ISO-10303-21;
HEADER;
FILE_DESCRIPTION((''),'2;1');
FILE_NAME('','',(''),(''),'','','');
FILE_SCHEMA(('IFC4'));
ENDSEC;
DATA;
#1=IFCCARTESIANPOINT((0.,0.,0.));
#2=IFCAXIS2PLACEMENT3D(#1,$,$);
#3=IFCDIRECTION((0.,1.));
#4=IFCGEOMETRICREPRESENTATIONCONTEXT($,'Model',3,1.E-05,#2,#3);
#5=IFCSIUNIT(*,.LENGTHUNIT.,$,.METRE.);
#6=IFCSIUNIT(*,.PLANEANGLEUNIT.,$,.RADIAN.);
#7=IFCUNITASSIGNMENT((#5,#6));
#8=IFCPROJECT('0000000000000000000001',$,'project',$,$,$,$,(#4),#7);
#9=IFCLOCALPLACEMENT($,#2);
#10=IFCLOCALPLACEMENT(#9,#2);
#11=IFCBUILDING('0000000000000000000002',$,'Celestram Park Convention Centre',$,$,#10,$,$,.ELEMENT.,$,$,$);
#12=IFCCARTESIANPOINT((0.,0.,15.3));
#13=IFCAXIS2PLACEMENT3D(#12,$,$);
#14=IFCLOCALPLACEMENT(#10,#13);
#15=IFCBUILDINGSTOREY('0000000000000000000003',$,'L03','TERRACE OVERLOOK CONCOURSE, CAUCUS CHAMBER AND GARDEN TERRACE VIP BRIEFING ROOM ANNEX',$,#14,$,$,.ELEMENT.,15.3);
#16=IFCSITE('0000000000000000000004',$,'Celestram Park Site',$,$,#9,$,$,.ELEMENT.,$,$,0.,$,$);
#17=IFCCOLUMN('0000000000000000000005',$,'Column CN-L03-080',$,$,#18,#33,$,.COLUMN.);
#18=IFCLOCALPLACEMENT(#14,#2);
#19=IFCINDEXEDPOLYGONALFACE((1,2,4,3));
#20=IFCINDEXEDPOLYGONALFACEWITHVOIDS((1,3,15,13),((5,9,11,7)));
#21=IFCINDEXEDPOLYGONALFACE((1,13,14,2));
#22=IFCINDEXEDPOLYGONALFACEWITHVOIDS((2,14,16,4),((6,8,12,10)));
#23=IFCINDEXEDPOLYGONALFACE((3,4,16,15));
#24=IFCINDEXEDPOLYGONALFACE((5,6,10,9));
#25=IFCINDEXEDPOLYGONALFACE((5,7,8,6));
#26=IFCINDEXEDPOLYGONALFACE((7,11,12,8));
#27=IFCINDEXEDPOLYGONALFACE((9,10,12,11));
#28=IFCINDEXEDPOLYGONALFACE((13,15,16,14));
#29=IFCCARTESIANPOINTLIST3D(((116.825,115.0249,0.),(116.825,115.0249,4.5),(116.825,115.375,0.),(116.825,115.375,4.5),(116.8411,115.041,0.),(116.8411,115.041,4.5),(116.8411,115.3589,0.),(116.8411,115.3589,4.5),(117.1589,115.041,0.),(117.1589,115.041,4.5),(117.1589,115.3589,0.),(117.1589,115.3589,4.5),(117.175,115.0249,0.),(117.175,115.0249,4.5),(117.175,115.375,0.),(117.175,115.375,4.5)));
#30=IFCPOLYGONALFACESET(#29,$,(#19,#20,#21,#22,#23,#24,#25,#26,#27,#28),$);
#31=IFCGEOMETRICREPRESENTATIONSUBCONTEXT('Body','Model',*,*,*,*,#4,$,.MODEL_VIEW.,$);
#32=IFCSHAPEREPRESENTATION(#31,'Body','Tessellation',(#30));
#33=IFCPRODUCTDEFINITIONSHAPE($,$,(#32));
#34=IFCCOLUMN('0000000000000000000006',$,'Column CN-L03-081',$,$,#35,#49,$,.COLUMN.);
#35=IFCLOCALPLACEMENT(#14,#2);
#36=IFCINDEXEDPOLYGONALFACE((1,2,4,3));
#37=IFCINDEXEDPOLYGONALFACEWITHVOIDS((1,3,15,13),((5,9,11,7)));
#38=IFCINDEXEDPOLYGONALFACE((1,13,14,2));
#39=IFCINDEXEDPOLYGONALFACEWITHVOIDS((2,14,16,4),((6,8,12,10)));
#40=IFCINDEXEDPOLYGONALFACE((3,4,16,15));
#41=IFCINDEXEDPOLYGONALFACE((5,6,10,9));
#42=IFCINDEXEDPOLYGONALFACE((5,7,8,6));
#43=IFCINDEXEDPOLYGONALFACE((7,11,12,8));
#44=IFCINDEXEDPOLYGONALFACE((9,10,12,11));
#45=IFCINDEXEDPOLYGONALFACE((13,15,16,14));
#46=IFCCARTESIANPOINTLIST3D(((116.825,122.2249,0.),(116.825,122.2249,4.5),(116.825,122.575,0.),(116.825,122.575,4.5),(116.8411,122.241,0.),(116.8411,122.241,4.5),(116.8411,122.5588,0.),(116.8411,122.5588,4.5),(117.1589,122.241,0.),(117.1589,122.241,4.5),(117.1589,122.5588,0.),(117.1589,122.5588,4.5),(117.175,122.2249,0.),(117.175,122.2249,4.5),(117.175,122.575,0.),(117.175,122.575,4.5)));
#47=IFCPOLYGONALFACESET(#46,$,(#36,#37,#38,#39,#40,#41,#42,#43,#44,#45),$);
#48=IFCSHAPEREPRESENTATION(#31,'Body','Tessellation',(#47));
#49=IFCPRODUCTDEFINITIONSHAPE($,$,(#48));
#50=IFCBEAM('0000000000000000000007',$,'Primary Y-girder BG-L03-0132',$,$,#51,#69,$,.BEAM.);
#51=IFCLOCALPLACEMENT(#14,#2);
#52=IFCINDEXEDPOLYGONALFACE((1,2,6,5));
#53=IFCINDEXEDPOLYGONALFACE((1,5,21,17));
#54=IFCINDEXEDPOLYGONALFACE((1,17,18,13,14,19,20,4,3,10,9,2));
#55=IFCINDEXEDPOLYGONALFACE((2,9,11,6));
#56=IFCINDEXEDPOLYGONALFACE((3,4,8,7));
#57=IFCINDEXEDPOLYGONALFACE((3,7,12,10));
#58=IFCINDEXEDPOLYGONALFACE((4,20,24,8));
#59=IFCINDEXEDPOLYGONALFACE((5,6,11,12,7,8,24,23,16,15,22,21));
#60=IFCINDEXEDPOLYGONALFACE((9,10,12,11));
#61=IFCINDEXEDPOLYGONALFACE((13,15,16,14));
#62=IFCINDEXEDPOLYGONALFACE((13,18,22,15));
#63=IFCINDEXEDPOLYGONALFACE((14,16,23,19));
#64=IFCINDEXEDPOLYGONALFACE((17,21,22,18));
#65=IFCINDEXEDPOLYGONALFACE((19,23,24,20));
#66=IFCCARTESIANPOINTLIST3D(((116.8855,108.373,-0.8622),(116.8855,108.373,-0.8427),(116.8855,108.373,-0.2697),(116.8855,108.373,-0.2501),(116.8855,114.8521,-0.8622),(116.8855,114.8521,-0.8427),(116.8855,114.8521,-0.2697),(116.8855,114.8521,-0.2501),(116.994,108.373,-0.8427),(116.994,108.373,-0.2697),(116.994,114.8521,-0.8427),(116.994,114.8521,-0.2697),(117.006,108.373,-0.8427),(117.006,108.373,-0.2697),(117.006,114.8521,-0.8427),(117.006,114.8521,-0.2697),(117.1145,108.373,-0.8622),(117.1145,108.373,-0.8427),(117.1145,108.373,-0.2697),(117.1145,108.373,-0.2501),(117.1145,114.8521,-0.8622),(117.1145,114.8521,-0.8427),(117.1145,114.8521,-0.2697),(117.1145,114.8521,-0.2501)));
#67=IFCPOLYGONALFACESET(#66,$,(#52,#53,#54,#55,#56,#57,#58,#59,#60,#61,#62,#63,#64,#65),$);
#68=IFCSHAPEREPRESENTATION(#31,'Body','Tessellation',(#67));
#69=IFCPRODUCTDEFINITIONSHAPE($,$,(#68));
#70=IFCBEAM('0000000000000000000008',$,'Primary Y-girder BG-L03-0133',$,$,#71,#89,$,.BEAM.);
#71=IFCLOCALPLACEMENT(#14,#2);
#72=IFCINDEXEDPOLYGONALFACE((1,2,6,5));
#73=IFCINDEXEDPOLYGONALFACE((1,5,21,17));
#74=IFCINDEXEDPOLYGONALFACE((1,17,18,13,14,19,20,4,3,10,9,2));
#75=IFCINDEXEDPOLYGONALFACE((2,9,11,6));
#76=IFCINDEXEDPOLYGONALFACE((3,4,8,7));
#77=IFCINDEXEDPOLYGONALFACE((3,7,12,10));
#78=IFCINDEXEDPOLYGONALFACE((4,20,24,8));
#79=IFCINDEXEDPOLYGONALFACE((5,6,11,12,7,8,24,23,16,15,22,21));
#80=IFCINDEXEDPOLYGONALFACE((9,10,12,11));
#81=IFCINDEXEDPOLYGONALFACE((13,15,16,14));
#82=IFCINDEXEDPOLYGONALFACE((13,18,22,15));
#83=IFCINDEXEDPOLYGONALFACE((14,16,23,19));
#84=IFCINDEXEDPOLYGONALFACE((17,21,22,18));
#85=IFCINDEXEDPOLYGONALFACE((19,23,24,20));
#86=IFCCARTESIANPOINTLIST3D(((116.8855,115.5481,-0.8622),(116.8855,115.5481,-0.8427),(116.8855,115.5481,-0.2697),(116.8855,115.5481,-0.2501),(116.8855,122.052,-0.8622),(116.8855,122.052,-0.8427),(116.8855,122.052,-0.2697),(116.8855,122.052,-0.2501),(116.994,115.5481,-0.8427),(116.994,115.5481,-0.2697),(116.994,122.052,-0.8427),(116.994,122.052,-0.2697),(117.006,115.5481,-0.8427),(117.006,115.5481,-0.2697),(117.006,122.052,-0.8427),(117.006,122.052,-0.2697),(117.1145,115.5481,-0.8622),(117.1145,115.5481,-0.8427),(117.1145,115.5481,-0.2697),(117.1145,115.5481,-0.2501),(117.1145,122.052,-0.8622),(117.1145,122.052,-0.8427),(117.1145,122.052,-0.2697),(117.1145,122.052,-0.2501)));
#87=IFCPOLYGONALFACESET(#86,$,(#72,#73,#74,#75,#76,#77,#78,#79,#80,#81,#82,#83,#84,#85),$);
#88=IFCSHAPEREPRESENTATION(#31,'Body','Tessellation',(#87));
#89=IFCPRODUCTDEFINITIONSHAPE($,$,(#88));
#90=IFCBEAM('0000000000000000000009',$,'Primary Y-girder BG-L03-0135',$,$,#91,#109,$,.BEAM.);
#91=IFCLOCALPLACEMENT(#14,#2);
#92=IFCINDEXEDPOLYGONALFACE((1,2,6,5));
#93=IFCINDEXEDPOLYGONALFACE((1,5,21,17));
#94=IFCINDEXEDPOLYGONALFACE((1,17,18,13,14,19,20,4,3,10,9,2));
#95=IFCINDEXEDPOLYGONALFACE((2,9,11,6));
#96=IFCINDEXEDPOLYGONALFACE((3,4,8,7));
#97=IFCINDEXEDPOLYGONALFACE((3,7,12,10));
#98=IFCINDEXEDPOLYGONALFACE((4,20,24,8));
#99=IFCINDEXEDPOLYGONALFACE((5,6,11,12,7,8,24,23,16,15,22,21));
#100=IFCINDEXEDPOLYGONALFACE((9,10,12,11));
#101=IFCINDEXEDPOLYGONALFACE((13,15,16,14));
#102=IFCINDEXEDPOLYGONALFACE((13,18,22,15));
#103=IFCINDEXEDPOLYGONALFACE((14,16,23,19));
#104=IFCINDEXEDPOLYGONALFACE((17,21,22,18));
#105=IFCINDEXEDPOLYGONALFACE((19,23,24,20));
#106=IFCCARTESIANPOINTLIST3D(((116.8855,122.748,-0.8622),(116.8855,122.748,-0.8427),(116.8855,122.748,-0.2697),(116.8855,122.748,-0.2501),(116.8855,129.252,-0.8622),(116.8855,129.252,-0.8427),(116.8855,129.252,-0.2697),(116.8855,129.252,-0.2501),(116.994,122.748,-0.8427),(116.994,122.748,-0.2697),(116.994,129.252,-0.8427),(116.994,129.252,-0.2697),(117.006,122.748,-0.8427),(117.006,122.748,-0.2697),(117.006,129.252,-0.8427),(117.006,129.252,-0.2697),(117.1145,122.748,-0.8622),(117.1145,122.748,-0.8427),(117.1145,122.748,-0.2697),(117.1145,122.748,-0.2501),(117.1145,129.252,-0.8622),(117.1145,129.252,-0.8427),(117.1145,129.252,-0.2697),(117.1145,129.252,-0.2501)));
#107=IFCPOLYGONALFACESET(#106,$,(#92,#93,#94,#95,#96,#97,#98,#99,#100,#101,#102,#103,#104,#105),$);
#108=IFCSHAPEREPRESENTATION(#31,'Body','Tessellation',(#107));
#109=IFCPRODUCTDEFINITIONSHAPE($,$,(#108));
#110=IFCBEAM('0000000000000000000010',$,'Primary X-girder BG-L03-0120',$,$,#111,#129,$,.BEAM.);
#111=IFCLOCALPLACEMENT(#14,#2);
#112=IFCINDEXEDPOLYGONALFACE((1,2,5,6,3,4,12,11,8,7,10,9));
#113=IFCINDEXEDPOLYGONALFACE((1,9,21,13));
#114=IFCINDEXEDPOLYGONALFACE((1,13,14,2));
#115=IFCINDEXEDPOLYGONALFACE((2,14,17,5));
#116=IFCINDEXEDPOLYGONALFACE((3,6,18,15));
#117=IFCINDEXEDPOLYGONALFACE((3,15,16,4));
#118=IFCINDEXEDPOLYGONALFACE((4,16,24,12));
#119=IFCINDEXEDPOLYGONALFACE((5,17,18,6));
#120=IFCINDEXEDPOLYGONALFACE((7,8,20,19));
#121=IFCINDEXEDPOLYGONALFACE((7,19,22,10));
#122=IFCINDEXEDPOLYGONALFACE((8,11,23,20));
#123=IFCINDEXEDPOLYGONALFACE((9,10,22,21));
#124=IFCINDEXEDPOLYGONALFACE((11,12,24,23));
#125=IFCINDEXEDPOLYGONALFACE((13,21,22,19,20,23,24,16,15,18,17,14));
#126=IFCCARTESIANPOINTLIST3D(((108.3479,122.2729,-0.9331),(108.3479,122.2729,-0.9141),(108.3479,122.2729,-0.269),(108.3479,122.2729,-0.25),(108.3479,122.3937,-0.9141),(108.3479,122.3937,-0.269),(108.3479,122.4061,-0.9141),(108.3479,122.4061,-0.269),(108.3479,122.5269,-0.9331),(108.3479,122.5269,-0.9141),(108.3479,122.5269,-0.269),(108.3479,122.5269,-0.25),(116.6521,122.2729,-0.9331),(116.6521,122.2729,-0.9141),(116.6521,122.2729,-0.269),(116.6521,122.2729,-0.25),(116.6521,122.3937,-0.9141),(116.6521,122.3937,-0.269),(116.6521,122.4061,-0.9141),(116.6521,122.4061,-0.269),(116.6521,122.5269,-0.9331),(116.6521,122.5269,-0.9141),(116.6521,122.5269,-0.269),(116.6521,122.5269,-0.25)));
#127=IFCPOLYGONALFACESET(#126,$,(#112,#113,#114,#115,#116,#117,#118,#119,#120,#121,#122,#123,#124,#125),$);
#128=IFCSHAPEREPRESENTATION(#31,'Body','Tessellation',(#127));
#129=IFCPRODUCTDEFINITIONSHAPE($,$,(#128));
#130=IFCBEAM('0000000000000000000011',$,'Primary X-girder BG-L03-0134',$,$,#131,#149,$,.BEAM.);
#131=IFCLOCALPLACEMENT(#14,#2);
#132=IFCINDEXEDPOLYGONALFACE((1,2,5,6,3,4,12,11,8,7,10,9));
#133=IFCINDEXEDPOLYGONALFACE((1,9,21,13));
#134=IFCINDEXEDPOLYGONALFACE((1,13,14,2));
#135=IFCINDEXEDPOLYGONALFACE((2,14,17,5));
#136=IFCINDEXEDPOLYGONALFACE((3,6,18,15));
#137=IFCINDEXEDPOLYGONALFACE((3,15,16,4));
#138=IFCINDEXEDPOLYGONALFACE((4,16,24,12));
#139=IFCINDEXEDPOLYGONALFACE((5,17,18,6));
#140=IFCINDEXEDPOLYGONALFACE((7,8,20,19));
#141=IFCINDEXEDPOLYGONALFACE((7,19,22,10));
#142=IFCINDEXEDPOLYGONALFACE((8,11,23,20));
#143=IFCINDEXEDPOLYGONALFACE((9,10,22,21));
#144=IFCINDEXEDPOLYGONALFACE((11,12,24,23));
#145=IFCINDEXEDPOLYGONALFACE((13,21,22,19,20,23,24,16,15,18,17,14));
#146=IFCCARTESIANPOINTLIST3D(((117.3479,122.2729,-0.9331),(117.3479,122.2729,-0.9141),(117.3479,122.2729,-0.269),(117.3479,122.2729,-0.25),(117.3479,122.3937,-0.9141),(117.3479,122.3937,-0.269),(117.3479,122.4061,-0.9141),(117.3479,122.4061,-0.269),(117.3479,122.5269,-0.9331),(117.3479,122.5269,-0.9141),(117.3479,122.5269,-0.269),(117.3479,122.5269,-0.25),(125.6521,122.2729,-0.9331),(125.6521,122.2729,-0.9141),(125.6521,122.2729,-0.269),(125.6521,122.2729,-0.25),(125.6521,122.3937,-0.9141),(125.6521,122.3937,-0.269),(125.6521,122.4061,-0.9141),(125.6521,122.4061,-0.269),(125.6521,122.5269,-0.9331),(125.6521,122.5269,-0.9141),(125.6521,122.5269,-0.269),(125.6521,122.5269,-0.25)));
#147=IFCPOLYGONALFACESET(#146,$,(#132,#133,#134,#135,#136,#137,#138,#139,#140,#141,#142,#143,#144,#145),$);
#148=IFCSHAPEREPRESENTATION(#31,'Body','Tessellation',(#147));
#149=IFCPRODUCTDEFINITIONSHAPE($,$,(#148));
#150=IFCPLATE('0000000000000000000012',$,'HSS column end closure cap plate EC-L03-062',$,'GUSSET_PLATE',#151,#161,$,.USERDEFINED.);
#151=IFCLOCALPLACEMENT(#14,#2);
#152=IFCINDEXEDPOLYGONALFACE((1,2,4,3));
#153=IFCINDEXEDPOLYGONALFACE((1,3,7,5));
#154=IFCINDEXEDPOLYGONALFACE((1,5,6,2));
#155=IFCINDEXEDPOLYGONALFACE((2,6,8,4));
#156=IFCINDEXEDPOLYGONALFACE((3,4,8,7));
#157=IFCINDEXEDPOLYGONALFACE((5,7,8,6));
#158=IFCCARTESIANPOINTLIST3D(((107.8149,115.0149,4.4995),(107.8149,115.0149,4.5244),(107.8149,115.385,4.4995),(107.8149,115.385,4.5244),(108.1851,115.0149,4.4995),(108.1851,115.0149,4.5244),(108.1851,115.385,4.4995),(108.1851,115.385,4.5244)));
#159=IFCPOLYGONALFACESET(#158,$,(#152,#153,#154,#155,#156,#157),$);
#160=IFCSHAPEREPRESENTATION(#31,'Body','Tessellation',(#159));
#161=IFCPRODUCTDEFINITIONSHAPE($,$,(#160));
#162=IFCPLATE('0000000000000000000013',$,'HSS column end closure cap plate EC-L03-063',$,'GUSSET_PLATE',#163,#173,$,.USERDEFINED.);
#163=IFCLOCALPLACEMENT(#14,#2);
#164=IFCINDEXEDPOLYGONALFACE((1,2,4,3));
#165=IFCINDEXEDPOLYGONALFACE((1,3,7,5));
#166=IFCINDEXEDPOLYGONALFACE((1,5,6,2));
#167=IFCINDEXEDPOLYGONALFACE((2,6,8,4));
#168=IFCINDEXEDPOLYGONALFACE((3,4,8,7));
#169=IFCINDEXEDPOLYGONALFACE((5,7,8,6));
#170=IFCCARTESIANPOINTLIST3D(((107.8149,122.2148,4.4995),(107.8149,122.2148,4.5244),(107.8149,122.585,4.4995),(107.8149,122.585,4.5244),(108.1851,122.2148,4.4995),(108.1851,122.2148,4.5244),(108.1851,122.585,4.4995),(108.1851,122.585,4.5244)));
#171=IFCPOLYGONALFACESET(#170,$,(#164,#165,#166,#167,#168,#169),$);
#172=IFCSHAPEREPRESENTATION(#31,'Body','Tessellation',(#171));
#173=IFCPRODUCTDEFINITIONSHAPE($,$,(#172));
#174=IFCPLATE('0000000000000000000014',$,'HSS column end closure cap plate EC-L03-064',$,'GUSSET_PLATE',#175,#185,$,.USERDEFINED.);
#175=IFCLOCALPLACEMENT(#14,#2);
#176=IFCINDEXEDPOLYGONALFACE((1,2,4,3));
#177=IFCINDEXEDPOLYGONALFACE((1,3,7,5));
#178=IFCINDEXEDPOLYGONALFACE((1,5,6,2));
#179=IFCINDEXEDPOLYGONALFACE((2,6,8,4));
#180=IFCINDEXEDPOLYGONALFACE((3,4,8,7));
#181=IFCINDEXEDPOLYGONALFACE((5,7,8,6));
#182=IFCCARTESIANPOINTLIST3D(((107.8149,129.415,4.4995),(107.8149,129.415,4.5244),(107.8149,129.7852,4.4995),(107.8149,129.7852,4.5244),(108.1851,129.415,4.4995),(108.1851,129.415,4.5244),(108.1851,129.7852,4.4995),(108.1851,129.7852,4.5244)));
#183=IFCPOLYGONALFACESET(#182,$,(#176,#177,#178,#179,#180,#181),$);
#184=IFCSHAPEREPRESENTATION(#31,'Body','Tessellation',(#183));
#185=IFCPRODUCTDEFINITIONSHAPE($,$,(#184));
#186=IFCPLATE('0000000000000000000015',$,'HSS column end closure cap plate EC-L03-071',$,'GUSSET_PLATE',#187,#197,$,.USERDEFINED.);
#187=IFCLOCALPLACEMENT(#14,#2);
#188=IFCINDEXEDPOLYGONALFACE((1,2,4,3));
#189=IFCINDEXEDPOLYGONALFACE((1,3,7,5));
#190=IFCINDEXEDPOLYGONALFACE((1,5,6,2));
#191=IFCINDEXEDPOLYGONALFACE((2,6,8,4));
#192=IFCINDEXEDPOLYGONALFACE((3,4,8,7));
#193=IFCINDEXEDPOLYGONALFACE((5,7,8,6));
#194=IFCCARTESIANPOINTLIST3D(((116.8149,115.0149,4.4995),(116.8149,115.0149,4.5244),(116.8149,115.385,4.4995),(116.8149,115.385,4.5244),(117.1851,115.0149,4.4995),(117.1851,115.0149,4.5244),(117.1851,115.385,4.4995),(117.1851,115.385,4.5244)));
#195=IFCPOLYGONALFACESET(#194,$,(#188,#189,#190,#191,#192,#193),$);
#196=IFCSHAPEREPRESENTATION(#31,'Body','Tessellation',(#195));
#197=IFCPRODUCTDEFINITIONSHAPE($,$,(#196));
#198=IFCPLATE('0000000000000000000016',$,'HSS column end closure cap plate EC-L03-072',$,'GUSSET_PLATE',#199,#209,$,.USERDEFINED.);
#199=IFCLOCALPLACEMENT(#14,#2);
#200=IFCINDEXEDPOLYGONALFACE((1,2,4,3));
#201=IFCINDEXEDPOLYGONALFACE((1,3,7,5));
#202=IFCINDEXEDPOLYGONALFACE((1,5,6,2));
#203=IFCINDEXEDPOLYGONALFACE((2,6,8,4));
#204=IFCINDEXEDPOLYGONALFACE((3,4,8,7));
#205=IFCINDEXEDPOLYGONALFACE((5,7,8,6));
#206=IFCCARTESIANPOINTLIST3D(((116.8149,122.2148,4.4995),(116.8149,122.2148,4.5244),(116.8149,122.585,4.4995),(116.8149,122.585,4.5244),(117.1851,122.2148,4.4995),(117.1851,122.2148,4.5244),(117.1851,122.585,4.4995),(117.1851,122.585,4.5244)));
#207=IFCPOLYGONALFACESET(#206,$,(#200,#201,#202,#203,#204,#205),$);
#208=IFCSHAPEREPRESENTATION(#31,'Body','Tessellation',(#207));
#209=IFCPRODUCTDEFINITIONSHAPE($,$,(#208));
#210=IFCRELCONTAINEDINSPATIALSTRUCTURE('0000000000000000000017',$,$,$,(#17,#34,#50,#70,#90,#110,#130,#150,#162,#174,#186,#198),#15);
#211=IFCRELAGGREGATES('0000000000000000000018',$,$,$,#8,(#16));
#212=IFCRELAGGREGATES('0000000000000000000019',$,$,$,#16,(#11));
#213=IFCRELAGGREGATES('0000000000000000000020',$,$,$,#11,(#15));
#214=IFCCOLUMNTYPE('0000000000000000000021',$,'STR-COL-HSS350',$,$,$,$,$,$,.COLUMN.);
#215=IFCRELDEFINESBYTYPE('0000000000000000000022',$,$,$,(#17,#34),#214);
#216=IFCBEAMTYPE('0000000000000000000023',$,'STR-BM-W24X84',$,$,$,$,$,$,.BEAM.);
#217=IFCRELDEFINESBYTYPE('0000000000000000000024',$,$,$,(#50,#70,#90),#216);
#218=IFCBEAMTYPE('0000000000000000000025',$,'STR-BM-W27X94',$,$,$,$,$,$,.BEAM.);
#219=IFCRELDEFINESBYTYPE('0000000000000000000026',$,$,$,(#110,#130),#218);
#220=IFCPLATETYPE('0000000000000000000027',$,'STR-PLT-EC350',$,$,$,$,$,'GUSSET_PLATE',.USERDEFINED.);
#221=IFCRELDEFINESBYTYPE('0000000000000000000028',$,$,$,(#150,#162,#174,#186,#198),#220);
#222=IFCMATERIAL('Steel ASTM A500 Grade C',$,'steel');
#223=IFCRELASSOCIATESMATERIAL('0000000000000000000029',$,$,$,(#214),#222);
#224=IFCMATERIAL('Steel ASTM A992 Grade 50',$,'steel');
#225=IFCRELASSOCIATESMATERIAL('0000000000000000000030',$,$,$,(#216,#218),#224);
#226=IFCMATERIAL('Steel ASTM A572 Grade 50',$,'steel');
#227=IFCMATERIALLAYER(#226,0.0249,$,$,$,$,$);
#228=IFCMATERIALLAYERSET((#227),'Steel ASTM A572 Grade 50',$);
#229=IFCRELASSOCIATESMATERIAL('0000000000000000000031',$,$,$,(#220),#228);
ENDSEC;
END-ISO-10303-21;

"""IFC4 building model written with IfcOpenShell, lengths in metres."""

from ifc_helpers import new_model, si_unit, direction, frame, origin, origin_2d, place, context, subcontext, project, spatial, rectangle, hollow_rectangle, i_section, extrude, material, layer, layer_set, material_profile, profile_set, type_object, element, save


model = new_model("IFC4")

# Units and contexts
model_context = context("Model", 3, precision=1e-05, world=origin(), true_north=direction((0.0, 1.0)))
body_context = subcontext(model_context, "Body", "Model", "MODEL_VIEW")
ifc_project = project(units=[si_unit("LENGTHUNIT", "METRE"), si_unit("PLANEANGLEUNIT", "RADIAN")], contexts=[model_context])

# Site, building, storey
site_placement = place(None, origin())
site = spatial("IfcSite", under=ifc_project, at=site_placement, Name="Celestram Park Site", CompositionType="ELEMENT", RefElevation=0.0)
building_placement = place(site_placement, origin())
building = spatial("IfcBuilding", under=site, at=building_placement, Name="Celestram Park Convention Centre", CompositionType="ELEMENT")
storey_placement = place(building_placement, frame((0.0, 0.0, 15.3)))
storey = spatial("IfcBuildingStorey", under=building, at=storey_placement, Name="L03", Description="TERRACE OVERLOOK CONCOURSE, CAUCUS CHAMBER AND GARDEN TERRACE VIP BRIEFING ROOM ANNEX", CompositionType="ELEMENT", Elevation=15.3)

# Columns
ifc_material_1 = material(Name="Steel ASTM A500 Grade C", Category="steel")
ifc_material_profile_1 = material_profile(ifc_material_1, hollow_rectangle(XDim=0.3501, YDim=0.3501, WallThickness=0.0161, at=origin_2d()), Name="HSS350X350X16")
ifc_profile_set_1 = profile_set([ifc_material_profile_1], Name="Steel ASTM A500 Grade C")
column_type = type_object("IfcColumnType", Name="STR-COL-HSS350", PredefinedType="COLUMN", material=ifc_profile_set_1)
for number, where, z_axis, x_axis, name in (
    (1, (117.0, 115.2, 0.0), (0.0, 0.0, 1.0), (1.0, 0.0, 0.0), "Column CN-L03-080"),
    (2, (117.0, 122.3999, 0.0), (0.0, 0.0, 1.0), (1.0, 0.0, 0.0), "Column CN-L03-081"),
):
    element("IfcColumn", number, at=place(storey_placement, frame(where, z_axis=z_axis, x_axis=x_axis)), inside=storey, type_object=column_type, Name=name, PredefinedType="COLUMN", context=body_context, shape_type="SweptSolid", body=[
        extrude(hollow_rectangle(XDim=0.3501, YDim=0.3501, WallThickness=0.0161, at=origin_2d()), origin(), (0.0, 0.0, 1.0), 4.5),
    ])

# Beams
ifc_material_2 = material(Name="Steel ASTM A992 Grade 50", Category="steel")
ifc_material_profile_2 = material_profile(ifc_material_2, i_section(OverallWidth=0.229, OverallDepth=0.6121, WebThickness=0.012, FlangeThickness=0.0195, at=origin_2d()), Name="W24X84")
ifc_profile_set_2 = profile_set([ifc_material_profile_2], Name="Steel ASTM A992 Grade 50")
beam_type_1 = type_object("IfcBeamType", Name="STR-BM-W24X84", PredefinedType="BEAM", material=ifc_profile_set_2)
beam_placement = place(storey_placement, frame((117.0, 108.373, -0.5562), z_axis=(0.0, 1.0, 0.0), x_axis=(-1.0, 0.0, 0.0)))
element("IfcBeam", 3, at=beam_placement, inside=storey, type_object=beam_type_1, Name="Primary Y-girder BG-L03-0132", PredefinedType="BEAM", context=body_context, shape_type="SweptSolid", body=[
    extrude(i_section(OverallWidth=0.229, OverallDepth=0.6121, WebThickness=0.012, FlangeThickness=0.0195, at=origin_2d()), origin(), (0.0, 0.0, 1.0), 6.479),
])
for number, where, z_axis, x_axis, name in (
    (4, (117.0, 115.5481, -0.5562), (0.0, 1.0, 0.0), (-1.0, 0.0, 0.0), "Primary Y-girder BG-L03-0133"),
    (5, (117.0, 122.748, -0.5562), (0.0, 1.0, 0.0), (-1.0, 0.0, 0.0), "Primary Y-girder BG-L03-0135"),
):
    element("IfcBeam", number, at=place(storey_placement, frame(where, z_axis=z_axis, x_axis=x_axis)), inside=storey, type_object=beam_type_1, Name=name, PredefinedType="BEAM", context=body_context, shape_type="SweptSolid", body=[
        extrude(i_section(OverallWidth=0.229, OverallDepth=0.6121, WebThickness=0.012, FlangeThickness=0.0195, at=origin_2d()), origin(), (0.0, 0.0, 1.0), 6.5039),
    ])
ifc_material_profile_3 = material_profile(ifc_material_2, i_section(OverallWidth=0.2539, OverallDepth=0.6831, WebThickness=0.0125, FlangeThickness=0.019, at=origin_2d()), Name="W27X94")
ifc_profile_set_3 = profile_set([ifc_material_profile_3], Name="Steel ASTM A992 Grade 50")
beam_type_2 = type_object("IfcBeamType", Name="STR-BM-W27X94", PredefinedType="BEAM", material=ifc_profile_set_3)
for number, where, z_axis, x_axis, name in (
    (6, (108.3479, 122.3999, -0.5916), (1.0, 0.0, 0.0), (0.0, 1.0, 0.0), "Primary X-girder BG-L03-0120"),
    (7, (117.3479, 122.3999, -0.5916), (1.0, 0.0, 0.0), (0.0, 1.0, 0.0), "Primary X-girder BG-L03-0134"),
):
    element("IfcBeam", number, at=place(storey_placement, frame(where, z_axis=z_axis, x_axis=x_axis)), inside=storey, type_object=beam_type_2, Name=name, PredefinedType="BEAM", context=body_context, shape_type="SweptSolid", body=[
        extrude(i_section(OverallWidth=0.2539, OverallDepth=0.6831, WebThickness=0.0125, FlangeThickness=0.019, at=origin_2d()), origin(), (0.0, 0.0, 1.0), 8.3042),
    ])

# Plates
ifc_material_3 = material(Name="Steel ASTM A572 Grade 50", Category="steel")
ifc_layer_1 = layer(ifc_material_3, 0.0249)
ifc_layer_set_1 = layer_set([ifc_layer_1], Name="Steel ASTM A572 Grade 50")
plate_type = type_object("IfcPlateType", Name="STR-PLT-EC350", ElementType="GUSSET_PLATE", PredefinedType="USERDEFINED", material=ifc_layer_set_1)
for number, where, z_axis, x_axis, name in (
    (8, (108.0, 115.2, 4.4995), (0.0, 0.0, 1.0), (1.0, 0.0, 0.0), "HSS column end closure cap plate EC-L03-062"),
    (9, (108.0, 122.3999, 4.4995), (0.0, 0.0, 1.0), (1.0, 0.0, 0.0), "HSS column end closure cap plate EC-L03-063"),
    (10, (108.0, 129.6001, 4.4995), (0.0, 0.0, 1.0), (1.0, 0.0, 0.0), "HSS column end closure cap plate EC-L03-064"),
    (11, (117.0, 115.2, 4.4995), (0.0, 0.0, 1.0), (1.0, 0.0, 0.0), "HSS column end closure cap plate EC-L03-071"),
    (12, (117.0, 122.3999, 4.4995), (0.0, 0.0, 1.0), (1.0, 0.0, 0.0), "HSS column end closure cap plate EC-L03-072"),
):
    element("IfcPlate", number, at=place(storey_placement, frame(where, z_axis=z_axis, x_axis=x_axis)), inside=storey, type_object=plate_type, Name=name, ObjectType="GUSSET_PLATE", PredefinedType="USERDEFINED", context=body_context, shape_type="SweptSolid", body=[
        extrude(rectangle(XDim=0.3701, YDim=0.3701, at=origin_2d()), origin(), (0.0, 0.0, 1.0), 0.0249),
    ])

save(model, "model.ifc")
